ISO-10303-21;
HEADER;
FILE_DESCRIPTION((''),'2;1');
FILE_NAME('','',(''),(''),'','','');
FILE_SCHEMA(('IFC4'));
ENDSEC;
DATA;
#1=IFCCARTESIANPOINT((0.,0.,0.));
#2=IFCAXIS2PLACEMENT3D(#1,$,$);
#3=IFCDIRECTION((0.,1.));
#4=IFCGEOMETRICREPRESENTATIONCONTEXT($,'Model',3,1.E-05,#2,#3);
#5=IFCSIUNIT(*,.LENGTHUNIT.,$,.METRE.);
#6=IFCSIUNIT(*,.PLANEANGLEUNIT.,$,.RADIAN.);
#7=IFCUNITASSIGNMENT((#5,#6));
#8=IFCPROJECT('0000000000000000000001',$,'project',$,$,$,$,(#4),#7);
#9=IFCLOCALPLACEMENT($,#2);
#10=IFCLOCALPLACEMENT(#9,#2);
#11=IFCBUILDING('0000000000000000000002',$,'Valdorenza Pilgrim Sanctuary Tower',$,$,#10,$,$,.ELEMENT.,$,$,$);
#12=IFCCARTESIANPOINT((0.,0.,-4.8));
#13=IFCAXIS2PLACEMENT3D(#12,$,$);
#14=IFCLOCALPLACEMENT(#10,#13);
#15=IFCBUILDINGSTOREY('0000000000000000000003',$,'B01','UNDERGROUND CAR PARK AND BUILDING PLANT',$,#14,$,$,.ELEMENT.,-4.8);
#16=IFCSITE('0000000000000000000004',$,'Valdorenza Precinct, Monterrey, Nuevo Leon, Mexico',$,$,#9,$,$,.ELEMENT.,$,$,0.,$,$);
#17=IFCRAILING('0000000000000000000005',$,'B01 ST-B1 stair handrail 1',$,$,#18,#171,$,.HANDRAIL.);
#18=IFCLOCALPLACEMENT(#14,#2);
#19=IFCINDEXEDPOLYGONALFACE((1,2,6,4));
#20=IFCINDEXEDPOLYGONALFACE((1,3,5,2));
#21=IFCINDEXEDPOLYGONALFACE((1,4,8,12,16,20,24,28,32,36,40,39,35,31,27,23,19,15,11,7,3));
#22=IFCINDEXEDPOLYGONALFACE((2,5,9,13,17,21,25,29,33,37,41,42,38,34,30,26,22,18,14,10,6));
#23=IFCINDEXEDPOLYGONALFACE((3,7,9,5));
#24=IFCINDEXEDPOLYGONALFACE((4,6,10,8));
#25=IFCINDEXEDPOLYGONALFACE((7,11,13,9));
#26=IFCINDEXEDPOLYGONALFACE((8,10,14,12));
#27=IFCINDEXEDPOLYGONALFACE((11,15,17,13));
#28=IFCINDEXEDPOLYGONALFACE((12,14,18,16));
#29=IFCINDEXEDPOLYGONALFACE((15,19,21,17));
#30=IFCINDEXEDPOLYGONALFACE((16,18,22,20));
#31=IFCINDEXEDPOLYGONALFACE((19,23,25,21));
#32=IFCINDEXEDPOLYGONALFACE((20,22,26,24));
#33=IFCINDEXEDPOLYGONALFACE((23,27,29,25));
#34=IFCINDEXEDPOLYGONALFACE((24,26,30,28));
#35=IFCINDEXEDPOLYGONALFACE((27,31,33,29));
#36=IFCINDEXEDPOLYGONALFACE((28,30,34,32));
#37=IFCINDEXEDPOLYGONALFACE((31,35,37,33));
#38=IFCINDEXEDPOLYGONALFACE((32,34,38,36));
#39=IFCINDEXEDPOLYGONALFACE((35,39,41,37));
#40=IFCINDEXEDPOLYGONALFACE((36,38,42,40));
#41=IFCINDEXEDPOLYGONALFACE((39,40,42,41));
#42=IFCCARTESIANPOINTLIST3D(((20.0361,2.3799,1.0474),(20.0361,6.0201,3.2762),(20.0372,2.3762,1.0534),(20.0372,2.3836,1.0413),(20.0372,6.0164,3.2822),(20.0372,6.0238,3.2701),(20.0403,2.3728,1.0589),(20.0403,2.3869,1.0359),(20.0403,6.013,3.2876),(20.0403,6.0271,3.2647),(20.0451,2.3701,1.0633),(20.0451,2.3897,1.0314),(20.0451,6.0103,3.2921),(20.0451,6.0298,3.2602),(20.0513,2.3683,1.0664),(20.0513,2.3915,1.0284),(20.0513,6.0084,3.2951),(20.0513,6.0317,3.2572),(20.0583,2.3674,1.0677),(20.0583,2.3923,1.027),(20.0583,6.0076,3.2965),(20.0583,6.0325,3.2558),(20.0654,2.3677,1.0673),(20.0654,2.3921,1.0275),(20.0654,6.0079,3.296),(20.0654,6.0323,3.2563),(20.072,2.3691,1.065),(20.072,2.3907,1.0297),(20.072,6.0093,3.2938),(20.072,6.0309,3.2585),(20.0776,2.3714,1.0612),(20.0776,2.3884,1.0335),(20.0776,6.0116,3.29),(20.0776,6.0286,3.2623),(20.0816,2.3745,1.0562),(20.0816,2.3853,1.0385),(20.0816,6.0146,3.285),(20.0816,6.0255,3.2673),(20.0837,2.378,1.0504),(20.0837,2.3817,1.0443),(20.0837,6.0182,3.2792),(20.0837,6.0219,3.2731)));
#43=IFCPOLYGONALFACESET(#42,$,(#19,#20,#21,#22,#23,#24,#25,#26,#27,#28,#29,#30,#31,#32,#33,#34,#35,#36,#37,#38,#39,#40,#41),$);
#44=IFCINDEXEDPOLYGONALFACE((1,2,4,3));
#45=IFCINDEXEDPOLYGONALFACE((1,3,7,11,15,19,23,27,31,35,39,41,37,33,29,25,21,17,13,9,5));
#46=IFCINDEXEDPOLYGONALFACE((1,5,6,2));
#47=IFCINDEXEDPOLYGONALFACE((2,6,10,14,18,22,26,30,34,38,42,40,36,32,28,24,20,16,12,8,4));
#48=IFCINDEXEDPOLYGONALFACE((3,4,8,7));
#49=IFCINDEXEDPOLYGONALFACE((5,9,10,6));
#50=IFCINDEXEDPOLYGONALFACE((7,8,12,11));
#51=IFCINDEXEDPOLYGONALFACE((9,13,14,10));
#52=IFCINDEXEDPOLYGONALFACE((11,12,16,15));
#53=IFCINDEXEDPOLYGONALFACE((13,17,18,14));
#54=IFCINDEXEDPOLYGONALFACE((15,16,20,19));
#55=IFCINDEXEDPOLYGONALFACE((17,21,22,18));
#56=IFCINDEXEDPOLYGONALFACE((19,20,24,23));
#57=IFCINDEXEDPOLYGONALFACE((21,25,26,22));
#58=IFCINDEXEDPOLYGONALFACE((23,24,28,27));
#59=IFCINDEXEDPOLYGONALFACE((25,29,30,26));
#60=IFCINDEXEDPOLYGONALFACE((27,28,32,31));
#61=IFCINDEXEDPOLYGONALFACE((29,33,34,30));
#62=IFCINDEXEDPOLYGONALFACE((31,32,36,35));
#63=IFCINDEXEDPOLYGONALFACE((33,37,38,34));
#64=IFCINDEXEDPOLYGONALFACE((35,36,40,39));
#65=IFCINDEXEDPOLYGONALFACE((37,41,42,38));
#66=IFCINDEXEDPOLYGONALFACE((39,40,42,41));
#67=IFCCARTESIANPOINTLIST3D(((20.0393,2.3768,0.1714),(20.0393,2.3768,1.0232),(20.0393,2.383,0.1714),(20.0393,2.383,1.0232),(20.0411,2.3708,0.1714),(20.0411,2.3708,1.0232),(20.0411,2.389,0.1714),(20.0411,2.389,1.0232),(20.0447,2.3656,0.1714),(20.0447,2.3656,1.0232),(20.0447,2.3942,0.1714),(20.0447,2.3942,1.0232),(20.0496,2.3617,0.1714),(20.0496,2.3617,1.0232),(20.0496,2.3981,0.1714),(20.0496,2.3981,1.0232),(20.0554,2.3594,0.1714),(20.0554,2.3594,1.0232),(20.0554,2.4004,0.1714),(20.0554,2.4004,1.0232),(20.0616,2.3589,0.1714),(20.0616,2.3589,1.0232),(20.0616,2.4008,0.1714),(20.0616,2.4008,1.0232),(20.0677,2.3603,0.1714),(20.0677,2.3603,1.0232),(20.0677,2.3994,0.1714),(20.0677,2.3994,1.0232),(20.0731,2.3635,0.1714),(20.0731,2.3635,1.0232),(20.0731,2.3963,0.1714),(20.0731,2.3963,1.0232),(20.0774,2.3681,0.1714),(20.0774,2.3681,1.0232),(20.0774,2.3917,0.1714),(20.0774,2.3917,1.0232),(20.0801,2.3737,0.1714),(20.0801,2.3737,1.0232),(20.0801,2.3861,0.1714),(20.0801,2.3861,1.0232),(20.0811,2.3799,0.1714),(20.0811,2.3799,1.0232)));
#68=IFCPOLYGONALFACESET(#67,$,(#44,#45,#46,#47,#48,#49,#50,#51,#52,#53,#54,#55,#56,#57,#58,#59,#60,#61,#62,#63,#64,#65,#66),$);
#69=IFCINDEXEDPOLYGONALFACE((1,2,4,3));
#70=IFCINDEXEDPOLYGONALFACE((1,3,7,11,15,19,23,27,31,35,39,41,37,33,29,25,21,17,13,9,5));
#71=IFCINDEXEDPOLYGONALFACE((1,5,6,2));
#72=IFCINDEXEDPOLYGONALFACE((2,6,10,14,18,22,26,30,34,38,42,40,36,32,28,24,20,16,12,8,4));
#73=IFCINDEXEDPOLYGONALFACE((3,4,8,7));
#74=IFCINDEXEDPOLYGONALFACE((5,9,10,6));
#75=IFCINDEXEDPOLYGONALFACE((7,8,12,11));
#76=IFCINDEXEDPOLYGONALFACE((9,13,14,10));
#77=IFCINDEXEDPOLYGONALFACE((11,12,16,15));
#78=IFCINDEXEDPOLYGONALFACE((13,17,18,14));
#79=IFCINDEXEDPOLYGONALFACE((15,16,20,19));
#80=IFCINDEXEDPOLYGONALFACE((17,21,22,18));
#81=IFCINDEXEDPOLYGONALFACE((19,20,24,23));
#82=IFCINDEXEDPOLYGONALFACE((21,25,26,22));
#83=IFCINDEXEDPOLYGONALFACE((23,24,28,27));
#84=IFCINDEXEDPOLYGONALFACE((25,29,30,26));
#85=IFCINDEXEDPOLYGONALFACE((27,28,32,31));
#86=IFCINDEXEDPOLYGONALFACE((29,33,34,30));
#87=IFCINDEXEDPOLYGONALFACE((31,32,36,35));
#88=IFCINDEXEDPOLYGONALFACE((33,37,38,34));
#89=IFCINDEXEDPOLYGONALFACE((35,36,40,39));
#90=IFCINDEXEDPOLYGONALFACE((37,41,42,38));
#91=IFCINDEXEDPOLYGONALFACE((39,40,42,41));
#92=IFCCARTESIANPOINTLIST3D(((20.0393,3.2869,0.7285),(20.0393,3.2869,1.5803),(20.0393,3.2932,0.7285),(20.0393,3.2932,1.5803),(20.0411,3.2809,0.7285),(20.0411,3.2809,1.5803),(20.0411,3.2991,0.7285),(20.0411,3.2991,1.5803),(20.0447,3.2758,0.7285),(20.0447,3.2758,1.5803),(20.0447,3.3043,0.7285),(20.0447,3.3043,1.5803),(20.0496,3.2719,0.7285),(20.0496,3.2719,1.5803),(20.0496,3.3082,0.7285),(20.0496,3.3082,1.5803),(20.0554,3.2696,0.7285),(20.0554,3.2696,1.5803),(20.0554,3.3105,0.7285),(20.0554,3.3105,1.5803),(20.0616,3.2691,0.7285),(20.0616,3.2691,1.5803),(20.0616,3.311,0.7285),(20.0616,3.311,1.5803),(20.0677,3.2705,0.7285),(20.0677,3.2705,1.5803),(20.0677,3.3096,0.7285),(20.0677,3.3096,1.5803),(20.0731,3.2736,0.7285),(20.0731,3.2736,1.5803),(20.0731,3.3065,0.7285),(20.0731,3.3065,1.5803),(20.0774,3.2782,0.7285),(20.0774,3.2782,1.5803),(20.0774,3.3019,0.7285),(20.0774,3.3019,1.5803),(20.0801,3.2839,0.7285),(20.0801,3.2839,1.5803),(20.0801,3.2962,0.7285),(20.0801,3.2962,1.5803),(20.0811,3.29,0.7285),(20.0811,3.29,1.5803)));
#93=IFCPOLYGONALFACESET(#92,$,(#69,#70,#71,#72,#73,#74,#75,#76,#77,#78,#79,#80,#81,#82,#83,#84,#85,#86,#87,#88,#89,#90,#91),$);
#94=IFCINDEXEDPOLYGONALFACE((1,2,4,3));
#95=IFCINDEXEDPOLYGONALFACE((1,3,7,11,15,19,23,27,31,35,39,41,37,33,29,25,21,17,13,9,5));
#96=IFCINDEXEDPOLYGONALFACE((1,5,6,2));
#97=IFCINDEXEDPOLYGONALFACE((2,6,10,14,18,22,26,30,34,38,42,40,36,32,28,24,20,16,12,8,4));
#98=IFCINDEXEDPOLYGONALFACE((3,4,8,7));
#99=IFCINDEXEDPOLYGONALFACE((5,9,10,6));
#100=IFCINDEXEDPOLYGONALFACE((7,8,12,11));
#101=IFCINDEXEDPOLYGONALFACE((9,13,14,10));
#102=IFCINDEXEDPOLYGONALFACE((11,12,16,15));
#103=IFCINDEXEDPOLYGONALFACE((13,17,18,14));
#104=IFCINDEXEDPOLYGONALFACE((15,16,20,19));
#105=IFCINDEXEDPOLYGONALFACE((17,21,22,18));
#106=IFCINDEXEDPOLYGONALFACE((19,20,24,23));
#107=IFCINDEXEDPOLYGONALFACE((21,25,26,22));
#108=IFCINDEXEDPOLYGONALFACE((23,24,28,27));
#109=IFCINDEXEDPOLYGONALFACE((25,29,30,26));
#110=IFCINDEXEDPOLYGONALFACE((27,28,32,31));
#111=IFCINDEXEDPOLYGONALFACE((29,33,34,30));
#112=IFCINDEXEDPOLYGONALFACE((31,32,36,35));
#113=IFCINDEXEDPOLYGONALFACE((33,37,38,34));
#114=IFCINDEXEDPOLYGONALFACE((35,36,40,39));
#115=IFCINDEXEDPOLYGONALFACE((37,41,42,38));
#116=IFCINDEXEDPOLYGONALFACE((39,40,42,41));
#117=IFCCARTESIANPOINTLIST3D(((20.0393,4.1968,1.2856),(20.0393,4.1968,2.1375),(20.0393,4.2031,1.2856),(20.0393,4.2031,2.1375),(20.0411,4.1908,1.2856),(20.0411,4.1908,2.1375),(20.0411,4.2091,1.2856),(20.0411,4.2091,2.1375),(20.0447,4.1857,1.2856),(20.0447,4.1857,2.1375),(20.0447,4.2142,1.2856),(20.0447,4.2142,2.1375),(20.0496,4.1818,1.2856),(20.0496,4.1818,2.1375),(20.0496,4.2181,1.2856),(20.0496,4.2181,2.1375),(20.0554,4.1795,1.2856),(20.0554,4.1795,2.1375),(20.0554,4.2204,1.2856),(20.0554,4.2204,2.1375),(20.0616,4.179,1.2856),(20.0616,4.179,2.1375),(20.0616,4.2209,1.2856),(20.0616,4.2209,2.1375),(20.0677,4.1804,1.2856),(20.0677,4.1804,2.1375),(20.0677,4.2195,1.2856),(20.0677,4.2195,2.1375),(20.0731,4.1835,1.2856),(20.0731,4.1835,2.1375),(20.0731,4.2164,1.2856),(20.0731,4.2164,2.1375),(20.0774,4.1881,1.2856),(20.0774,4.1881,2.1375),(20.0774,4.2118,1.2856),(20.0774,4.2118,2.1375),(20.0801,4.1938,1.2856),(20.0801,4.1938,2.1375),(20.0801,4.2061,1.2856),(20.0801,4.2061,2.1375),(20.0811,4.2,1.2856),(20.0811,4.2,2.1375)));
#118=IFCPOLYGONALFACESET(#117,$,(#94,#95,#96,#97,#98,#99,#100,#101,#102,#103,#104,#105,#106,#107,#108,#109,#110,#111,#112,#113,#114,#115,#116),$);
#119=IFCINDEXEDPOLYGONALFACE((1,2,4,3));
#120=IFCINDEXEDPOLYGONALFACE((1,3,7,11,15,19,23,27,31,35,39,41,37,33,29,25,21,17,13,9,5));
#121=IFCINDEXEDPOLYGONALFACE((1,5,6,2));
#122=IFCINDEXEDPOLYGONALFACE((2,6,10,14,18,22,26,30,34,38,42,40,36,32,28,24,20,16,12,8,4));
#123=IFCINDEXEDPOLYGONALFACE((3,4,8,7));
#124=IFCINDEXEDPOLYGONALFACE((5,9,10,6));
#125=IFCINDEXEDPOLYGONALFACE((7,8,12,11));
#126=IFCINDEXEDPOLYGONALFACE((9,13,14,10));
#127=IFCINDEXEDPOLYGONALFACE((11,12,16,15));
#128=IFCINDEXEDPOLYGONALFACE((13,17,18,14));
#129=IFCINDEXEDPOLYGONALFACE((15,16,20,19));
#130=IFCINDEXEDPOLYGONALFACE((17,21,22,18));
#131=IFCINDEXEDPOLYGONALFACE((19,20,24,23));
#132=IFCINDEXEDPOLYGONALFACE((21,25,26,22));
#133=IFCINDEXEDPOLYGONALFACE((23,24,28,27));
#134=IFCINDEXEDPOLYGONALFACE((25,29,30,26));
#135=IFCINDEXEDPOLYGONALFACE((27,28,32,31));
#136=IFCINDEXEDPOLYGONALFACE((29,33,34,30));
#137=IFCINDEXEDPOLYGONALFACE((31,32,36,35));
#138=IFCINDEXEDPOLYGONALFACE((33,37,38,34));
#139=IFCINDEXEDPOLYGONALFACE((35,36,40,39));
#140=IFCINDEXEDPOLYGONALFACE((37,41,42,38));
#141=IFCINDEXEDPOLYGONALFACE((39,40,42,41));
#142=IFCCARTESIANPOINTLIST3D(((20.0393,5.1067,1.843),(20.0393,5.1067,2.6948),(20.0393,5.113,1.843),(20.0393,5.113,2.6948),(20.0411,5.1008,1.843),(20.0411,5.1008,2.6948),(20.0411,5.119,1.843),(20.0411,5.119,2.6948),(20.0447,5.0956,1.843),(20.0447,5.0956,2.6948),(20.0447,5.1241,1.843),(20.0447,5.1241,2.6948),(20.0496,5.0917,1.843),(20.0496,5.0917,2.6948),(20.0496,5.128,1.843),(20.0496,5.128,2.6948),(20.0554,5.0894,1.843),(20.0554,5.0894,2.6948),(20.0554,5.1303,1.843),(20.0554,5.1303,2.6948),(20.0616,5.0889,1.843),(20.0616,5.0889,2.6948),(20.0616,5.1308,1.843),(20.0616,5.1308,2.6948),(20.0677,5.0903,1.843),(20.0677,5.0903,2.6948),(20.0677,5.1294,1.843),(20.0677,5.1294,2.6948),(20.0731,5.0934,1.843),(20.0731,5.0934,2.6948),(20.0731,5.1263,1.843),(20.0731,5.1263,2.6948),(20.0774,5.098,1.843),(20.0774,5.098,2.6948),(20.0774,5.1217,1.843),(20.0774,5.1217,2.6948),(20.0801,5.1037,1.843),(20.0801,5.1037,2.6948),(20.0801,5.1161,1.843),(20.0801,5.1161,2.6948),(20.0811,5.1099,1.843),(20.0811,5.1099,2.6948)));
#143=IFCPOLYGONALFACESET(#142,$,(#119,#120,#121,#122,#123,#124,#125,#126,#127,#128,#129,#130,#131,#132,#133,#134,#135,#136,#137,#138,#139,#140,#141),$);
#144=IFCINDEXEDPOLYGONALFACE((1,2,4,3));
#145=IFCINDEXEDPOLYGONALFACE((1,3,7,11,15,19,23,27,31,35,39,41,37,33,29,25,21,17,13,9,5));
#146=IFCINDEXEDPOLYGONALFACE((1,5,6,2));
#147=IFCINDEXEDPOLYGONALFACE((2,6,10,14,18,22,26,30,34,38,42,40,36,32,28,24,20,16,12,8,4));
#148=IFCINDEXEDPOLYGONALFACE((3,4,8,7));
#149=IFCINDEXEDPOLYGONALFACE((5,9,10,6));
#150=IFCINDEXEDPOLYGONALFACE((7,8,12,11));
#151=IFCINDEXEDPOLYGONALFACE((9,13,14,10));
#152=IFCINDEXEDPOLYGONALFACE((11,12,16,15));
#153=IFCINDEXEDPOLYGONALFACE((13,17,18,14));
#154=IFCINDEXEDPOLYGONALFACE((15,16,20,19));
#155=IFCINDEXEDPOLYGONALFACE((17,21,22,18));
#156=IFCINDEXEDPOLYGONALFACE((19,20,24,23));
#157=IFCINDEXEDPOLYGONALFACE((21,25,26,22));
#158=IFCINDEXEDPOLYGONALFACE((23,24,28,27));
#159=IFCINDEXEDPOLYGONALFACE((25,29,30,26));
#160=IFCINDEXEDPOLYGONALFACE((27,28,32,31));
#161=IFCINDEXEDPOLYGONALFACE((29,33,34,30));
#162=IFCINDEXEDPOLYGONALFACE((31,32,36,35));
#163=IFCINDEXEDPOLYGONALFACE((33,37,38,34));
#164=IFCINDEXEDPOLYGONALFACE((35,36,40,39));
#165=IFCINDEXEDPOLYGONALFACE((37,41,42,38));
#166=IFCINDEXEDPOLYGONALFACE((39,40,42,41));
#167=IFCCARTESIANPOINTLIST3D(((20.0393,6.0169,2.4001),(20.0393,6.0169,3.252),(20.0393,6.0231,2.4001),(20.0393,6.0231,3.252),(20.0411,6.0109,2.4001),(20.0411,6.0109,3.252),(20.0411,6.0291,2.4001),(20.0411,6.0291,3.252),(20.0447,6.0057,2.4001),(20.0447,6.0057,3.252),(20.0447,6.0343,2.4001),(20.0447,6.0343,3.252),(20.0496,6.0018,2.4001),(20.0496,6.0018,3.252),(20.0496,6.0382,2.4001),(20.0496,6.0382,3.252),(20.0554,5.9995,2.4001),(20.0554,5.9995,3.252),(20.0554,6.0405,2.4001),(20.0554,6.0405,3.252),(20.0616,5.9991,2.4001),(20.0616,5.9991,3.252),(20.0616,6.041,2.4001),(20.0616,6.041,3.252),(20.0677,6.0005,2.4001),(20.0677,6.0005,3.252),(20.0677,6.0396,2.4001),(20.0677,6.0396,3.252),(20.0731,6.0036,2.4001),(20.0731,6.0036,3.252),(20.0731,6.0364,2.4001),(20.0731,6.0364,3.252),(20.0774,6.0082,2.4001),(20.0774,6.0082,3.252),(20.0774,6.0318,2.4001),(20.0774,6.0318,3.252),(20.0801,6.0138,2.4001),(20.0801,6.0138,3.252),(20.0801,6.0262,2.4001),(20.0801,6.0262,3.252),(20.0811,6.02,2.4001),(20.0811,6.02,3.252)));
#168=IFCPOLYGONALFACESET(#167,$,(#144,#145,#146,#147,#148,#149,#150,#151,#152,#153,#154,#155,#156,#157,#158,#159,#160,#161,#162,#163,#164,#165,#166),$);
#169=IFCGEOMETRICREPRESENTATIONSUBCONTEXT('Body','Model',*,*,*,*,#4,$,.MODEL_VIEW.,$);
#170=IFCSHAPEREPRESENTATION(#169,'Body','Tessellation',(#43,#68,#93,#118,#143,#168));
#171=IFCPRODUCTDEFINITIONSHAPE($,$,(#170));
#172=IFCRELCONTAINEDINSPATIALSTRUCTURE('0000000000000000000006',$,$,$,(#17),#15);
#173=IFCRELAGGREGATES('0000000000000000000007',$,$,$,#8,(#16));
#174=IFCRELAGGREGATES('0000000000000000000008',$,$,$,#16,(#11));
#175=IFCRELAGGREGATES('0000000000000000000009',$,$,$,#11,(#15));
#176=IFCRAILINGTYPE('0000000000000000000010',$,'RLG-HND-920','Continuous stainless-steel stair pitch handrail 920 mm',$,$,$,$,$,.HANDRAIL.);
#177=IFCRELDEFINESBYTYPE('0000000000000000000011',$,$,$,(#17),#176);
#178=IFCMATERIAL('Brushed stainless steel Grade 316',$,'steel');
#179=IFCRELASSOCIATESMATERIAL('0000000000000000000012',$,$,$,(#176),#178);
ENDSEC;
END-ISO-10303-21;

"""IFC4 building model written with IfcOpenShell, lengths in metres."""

from ifc_helpers import new_model, si_unit, direction, frame, origin, origin_2d, place, context, subcontext, project, spatial, circle, extrude, material, type_object, element, save


model = new_model("IFC4")

# Units and contexts
model_context = context("Model", 3, precision=1e-05, world=origin(), true_north=direction((0.0, 1.0)))
body_context = subcontext(model_context, "Body", "Model", "MODEL_VIEW")
ifc_project = project(units=[si_unit("LENGTHUNIT", "METRE"), si_unit("PLANEANGLEUNIT", "RADIAN")], contexts=[model_context])

# Site, building, storey
site_placement = place(None, origin())
site = spatial("IfcSite", under=ifc_project, at=site_placement, Name="Valdorenza Precinct, Monterrey, Nuevo Leon, Mexico", CompositionType="ELEMENT", RefElevation=0.0)
building_placement = place(site_placement, origin())
building = spatial("IfcBuilding", under=site, at=building_placement, Name="Valdorenza Pilgrim Sanctuary Tower", CompositionType="ELEMENT")
storey_placement = place(building_placement, frame((0.0, 0.0, -4.8)))
storey = spatial("IfcBuildingStorey", under=building, at=storey_placement, Name="B01", Description="UNDERGROUND CAR PARK AND BUILDING PLANT", CompositionType="ELEMENT", Elevation=-4.8)

# Railing
ifc_material_1 = material(Name="Brushed stainless steel Grade 316", Category="steel")
railing_type_1 = type_object("IfcRailingType", Name="RLG-HND-920", Description="Continuous stainless-steel stair pitch handrail 920 mm", PredefinedType="HANDRAIL", material=ifc_material_1)
railing_1_placement = place(storey_placement, frame((20.0601, 2.3799, 0.1714)))
element("IfcRailing", 1, at=railing_1_placement, inside=storey, type_object=railing_type_1, Name="B01 ST-B1 stair handrail 1", PredefinedType="HANDRAIL", context=body_context, shape_type="SweptSolid", body=[
    extrude(circle(Radius=0.0239, at=origin_2d()), frame((0.0, 0.0, 0.876), z_axis=(0.0, 0.85284, 0.522172), x_axis=(-1.0, 0.0, 0.0)), (0.0, 0.0, 1.0), 4.2683),
    extrude(circle(Radius=0.021, at=origin_2d()), origin(), (0.0, 0.0, 1.0), 0.8518),
    extrude(circle(Radius=0.021, at=origin_2d()), frame((0.0, 0.9102, 0.5571)), (0.0, 0.0, 1.0), 0.8518),
    extrude(circle(Radius=0.021, at=origin_2d()), frame((0.0, 1.8201, 1.1143)), (0.0, 0.0, 1.0), 0.8518),
    extrude(circle(Radius=0.021, at=origin_2d()), frame((0.0, 2.73, 1.6716)), (0.0, 0.0, 1.0), 0.8518),
    extrude(circle(Radius=0.021, at=origin_2d()), frame((0.0, 3.6401, 2.2288)), (0.0, 0.0, 1.0), 0.8518),
])

save(model, "model.ifc")
